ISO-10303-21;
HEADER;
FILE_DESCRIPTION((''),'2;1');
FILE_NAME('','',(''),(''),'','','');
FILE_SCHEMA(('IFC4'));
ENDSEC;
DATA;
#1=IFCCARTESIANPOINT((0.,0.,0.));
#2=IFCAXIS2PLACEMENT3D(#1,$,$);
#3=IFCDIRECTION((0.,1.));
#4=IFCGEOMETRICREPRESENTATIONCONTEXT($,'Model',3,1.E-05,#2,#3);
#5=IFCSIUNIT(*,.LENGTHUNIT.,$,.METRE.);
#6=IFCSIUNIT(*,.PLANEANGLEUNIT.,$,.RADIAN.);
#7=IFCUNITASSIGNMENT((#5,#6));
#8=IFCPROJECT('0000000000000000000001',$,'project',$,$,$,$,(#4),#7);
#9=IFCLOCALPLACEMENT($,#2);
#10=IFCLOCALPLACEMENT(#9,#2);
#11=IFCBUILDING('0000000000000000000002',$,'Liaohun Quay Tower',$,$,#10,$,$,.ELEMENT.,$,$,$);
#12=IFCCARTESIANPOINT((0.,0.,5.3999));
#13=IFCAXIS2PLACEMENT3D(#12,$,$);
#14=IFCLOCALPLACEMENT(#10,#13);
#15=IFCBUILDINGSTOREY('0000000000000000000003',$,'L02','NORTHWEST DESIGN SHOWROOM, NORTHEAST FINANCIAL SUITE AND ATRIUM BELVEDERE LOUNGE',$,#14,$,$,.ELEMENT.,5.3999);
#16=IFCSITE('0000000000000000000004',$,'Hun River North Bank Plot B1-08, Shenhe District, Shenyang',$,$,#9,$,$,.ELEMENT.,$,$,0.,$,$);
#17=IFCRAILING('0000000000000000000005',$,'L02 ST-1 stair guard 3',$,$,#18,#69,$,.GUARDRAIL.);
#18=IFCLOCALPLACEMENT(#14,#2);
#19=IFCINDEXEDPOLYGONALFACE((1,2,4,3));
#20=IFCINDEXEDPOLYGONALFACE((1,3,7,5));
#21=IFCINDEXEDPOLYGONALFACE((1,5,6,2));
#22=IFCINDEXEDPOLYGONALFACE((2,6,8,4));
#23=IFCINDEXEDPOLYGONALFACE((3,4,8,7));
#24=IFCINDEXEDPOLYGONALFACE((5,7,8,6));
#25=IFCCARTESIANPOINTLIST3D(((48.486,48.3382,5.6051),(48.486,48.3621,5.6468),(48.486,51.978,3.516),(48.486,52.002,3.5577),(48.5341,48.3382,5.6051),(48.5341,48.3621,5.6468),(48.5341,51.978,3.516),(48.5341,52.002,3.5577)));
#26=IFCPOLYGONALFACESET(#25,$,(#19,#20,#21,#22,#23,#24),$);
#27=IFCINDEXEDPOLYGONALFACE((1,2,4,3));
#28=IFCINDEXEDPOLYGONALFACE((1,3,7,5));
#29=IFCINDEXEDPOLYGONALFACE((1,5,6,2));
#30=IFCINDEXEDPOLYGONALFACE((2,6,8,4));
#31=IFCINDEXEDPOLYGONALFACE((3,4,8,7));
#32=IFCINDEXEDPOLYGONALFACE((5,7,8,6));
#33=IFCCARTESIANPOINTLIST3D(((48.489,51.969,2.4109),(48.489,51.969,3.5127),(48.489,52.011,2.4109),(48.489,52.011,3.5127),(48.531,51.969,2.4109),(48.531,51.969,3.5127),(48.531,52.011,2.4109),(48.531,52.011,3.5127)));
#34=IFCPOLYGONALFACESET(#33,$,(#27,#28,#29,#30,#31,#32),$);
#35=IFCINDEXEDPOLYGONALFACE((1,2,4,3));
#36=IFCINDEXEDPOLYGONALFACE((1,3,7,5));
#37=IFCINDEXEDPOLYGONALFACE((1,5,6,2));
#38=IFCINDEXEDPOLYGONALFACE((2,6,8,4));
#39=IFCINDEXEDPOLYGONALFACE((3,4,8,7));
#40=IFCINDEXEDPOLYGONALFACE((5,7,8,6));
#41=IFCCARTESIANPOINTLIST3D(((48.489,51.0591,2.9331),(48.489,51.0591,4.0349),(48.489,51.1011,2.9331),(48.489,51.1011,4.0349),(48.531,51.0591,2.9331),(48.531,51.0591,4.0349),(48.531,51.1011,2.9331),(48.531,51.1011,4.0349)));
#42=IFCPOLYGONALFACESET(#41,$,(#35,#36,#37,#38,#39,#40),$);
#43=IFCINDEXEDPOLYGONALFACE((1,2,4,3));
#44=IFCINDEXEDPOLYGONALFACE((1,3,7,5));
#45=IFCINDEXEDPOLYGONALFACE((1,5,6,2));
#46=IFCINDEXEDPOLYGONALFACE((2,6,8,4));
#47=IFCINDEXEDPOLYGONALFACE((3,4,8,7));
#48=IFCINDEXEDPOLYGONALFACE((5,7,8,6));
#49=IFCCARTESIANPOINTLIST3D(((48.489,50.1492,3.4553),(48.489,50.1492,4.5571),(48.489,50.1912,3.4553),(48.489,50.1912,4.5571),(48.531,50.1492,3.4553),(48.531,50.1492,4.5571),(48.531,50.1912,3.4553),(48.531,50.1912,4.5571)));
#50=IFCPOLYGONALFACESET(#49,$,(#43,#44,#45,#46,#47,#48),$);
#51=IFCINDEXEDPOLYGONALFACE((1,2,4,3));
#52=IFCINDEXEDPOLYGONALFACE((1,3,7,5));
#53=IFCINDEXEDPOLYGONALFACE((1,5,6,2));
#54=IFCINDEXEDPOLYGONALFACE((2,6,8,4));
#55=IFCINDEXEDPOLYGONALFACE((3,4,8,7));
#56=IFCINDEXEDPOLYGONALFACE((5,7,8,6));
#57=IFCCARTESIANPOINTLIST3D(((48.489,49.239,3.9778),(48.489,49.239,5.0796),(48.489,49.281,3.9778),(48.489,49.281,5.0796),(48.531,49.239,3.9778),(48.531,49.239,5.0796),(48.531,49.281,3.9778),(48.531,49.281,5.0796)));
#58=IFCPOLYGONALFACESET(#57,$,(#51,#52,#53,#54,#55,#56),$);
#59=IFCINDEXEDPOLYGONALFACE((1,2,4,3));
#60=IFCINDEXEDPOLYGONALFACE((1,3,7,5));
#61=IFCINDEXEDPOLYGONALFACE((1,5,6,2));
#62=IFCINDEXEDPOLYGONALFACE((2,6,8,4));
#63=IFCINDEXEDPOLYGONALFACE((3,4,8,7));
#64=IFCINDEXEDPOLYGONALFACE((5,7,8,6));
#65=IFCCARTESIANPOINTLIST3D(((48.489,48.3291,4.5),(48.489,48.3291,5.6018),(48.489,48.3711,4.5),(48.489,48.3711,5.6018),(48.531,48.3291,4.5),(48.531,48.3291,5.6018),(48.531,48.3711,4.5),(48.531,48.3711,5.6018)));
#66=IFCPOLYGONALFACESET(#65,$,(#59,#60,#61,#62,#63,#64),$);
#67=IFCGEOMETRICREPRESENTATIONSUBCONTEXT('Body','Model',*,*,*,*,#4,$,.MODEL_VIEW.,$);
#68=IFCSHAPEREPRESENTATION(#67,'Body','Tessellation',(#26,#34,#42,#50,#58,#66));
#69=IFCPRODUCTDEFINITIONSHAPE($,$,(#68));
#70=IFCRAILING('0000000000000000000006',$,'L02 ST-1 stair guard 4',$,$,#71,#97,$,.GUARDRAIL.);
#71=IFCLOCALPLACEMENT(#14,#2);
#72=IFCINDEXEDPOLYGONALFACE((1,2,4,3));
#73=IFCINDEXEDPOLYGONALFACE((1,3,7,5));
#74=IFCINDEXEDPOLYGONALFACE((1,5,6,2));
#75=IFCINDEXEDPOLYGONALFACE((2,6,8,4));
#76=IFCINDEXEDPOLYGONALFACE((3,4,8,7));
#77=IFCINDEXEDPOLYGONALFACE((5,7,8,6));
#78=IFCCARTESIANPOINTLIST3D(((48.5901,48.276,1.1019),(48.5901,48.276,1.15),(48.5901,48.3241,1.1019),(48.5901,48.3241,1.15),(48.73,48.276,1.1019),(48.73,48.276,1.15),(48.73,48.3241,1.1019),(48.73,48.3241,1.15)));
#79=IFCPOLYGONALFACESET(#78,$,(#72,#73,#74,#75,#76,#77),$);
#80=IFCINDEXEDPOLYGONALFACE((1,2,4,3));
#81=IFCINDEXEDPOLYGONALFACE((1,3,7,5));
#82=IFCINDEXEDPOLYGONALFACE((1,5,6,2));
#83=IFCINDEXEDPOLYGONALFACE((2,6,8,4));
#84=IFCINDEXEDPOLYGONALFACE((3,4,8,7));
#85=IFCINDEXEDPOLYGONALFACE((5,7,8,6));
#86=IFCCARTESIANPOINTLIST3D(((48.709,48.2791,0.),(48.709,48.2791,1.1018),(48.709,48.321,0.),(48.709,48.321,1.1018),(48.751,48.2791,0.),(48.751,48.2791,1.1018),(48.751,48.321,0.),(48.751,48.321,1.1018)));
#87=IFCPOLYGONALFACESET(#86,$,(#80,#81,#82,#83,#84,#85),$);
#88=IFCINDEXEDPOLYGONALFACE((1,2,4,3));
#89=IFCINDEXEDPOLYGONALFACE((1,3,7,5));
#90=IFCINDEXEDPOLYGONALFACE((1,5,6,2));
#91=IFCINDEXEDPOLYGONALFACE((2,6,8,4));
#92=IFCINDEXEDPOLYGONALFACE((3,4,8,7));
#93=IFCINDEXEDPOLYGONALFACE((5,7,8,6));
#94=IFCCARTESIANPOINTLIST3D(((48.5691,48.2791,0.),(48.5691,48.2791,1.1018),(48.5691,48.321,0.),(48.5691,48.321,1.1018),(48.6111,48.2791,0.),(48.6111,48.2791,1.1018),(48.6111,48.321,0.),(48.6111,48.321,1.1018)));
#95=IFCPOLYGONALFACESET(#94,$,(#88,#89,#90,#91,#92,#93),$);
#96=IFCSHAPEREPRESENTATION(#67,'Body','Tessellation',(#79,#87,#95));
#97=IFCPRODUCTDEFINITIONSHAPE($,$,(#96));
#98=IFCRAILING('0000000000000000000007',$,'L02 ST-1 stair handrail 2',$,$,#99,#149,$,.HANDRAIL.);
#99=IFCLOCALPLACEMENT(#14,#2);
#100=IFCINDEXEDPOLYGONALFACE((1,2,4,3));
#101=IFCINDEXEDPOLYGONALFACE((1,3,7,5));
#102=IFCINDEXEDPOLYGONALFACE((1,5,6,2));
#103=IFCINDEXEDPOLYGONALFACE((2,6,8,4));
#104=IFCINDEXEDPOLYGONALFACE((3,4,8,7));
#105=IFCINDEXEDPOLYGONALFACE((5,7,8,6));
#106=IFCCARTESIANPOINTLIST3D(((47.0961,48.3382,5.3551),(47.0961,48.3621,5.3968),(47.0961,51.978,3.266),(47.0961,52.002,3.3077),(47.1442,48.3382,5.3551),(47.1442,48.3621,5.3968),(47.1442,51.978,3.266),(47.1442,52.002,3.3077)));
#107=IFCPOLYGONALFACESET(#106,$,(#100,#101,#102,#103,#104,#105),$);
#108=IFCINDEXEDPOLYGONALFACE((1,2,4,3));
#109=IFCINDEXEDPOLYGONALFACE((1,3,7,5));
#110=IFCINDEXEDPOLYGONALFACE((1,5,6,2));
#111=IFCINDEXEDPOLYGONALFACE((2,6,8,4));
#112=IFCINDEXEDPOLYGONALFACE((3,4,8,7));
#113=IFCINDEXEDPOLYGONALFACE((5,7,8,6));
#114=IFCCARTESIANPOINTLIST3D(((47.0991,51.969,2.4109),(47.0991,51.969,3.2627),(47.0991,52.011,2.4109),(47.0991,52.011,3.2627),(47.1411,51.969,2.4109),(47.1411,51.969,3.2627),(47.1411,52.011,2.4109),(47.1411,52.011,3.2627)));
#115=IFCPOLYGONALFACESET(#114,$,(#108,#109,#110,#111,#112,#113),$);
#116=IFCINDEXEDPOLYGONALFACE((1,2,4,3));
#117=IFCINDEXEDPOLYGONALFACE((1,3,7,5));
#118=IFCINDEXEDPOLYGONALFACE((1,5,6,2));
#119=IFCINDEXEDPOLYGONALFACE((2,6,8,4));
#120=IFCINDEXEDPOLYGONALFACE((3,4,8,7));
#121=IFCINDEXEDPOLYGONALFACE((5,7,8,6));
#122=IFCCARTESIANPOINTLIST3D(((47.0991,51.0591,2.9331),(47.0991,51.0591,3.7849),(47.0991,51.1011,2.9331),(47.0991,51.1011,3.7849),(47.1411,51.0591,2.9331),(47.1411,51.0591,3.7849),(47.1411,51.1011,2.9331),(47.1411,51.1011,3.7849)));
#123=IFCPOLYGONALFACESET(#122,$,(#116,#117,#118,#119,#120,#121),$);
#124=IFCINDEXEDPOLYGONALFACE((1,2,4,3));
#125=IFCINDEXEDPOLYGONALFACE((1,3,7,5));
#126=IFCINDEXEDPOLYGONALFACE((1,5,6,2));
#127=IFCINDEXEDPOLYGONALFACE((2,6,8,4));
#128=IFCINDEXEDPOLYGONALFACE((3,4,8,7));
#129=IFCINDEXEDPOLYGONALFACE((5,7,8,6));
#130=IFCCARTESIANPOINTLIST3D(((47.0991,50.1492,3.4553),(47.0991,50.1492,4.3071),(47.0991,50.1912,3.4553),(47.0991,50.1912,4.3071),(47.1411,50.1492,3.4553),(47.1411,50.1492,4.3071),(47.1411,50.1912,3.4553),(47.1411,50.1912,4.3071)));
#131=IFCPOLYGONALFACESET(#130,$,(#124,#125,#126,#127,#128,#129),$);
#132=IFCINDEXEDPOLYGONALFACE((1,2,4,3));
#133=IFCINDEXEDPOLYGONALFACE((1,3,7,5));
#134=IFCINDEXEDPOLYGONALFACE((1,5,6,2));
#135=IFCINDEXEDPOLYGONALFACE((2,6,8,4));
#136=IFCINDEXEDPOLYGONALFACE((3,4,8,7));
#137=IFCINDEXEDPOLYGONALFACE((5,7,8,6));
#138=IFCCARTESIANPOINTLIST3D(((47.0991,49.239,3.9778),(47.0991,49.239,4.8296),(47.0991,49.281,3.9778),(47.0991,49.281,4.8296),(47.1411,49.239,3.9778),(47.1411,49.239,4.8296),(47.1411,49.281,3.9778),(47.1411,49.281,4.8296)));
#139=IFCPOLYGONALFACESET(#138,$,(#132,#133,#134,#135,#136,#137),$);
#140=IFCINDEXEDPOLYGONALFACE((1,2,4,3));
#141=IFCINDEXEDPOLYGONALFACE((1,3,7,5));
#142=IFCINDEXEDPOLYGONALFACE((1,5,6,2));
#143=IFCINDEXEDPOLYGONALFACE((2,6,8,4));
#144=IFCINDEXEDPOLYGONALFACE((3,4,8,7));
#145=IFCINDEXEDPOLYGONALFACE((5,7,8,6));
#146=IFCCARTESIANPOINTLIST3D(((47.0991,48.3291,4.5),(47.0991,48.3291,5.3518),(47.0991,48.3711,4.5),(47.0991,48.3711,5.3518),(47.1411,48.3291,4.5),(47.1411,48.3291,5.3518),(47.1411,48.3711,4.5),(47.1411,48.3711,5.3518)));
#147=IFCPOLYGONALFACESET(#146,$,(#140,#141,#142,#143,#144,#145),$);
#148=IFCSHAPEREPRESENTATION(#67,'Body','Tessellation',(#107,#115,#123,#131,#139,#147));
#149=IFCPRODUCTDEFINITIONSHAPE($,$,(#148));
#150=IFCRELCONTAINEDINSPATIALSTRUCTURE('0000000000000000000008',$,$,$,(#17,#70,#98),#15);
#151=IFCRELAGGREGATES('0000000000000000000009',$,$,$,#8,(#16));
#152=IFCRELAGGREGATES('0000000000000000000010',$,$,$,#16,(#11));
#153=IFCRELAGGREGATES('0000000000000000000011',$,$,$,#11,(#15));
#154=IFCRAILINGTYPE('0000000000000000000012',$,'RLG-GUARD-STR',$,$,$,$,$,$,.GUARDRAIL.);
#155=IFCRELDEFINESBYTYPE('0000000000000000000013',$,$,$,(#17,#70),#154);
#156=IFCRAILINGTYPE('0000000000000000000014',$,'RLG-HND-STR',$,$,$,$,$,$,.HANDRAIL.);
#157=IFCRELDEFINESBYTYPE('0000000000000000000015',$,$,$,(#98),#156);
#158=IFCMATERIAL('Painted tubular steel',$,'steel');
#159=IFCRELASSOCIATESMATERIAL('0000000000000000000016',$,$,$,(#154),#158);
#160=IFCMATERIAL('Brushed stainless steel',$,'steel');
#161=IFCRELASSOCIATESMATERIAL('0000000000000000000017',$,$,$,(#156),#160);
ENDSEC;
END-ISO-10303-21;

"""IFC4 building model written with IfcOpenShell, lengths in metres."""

from ifc_helpers import new_model, si_unit, direction, frame, origin, origin_2d, place, context, subcontext, project, spatial, rectangle, extrude, material, type_object, element, save


model = new_model("IFC4")

# Units and contexts
model_context = context("Model", 3, precision=1e-05, world=origin(), true_north=direction((0.0, 1.0)))
body_context = subcontext(model_context, "Body", "Model", "MODEL_VIEW")
ifc_project = project(units=[si_unit("LENGTHUNIT", "METRE"), si_unit("PLANEANGLEUNIT", "RADIAN")], contexts=[model_context])

# Site, building, storey
site_placement = place(None, origin())
site = spatial("IfcSite", under=ifc_project, at=site_placement, Name="Hun River North Bank Plot B1-08, Shenhe District, Shenyang", CompositionType="ELEMENT", RefElevation=0.0)
building_placement = place(site_placement, origin())
building = spatial("IfcBuilding", under=site, at=building_placement, Name="Liaohun Quay Tower", CompositionType="ELEMENT")
storey_placement = place(building_placement, frame((0.0, 0.0, 5.3999)))
storey = spatial("IfcBuildingStorey", under=building, at=storey_placement, Name="L02", Description="NORTHWEST DESIGN SHOWROOM, NORTHEAST FINANCIAL SUITE AND ATRIUM BELVEDERE LOUNGE", CompositionType="ELEMENT", Elevation=5.3999)

# Railings
ifc_material_1 = material(Name="Painted tubular steel", Category="steel")
railing_type_1 = type_object("IfcRailingType", Name="RLG-GUARD-STR", PredefinedType="GUARDRAIL", material=ifc_material_1)
railing_1_placement = place(storey_placement, frame((48.51, 51.99, 2.4109)))
element("IfcRailing", 1, at=railing_1_placement, inside=storey, type_object=railing_type_1, Name="L02 ST-1 stair guard 3", PredefinedType="GUARDRAIL", context=body_context, shape_type="SweptSolid", body=[
    extrude(rectangle(XDim=0.0481, YDim=0.0481, at=origin_2d()), frame((0.0, 0.0, 1.126), z_axis=(0.0, -0.8673, 0.497786), x_axis=(1.0, 0.0, 0.0)), (0.0, 0.0, 1.0), 4.1968),
    extrude(rectangle(XDim=0.042, YDim=0.042, at=origin_2d()), origin(), (0.0, 0.0, 1.0), 1.1018),
    extrude(rectangle(XDim=0.042, YDim=0.042, at=origin_2d()), frame((0.0, -0.9099, 0.5222)), (0.0, 0.0, 1.0), 1.1018),
    extrude(rectangle(XDim=0.042, YDim=0.042, at=origin_2d()), frame((0.0, -1.8198, 1.0444)), (0.0, 0.0, 1.0), 1.1018),
    extrude(rectangle(XDim=0.042, YDim=0.042, at=origin_2d()), frame((0.0, -2.73, 1.5669)), (0.0, 0.0, 1.0), 1.1018),
    extrude(rectangle(XDim=0.042, YDim=0.042, at=origin_2d()), frame((0.0, -3.6399, 2.0891)), (0.0, 0.0, 1.0), 1.1018),
])
railing_2_placement = place(storey_placement, frame((48.73, 48.3, 0.0)))
element("IfcRailing", 2, at=railing_2_placement, inside=storey, type_object=railing_type_1, Name="L02 ST-1 stair guard 4", PredefinedType="GUARDRAIL", context=body_context, shape_type="SweptSolid", body=[
    extrude(rectangle(XDim=0.0481, YDim=0.0481, at=origin_2d()), frame((0.0, 0.0, 1.126), z_axis=(-1.0, 0.0, 0.0), x_axis=(0.0, -1.0, 0.0)), (0.0, 0.0, 1.0), 0.1399),
    extrude(rectangle(XDim=0.042, YDim=0.042, at=origin_2d()), origin(), (0.0, 0.0, 1.0), 1.1018),
    extrude(rectangle(XDim=0.042, YDim=0.042, at=origin_2d()), frame((-0.1399, 0.0, 0.0)), (0.0, 0.0, 1.0), 1.1018),
])
ifc_material_2 = material(Name="Brushed stainless steel", Category="steel")
railing_type_2 = type_object("IfcRailingType", Name="RLG-HND-STR", PredefinedType="HANDRAIL", material=ifc_material_2)
railing_3_placement = place(storey_placement, frame((47.1201, 51.99, 2.4109)))
element("IfcRailing", 3, at=railing_3_placement, inside=storey, type_object=railing_type_2, Name="L02 ST-1 stair handrail 2", PredefinedType="HANDRAIL", context=body_context, shape_type="SweptSolid", body=[
    extrude(rectangle(XDim=0.0481, YDim=0.0481, at=origin_2d()), frame((0.0, 0.0, 0.876), z_axis=(0.0, -0.8673, 0.497786), x_axis=(1.0, 0.0, 0.0)), (0.0, 0.0, 1.0), 4.1968),
    extrude(rectangle(XDim=0.042, YDim=0.042, at=origin_2d()), origin(), (0.0, 0.0, 1.0), 0.8518),
    extrude(rectangle(XDim=0.042, YDim=0.042, at=origin_2d()), frame((0.0, -0.9099, 0.5222)), (0.0, 0.0, 1.0), 0.8518),
    extrude(rectangle(XDim=0.042, YDim=0.042, at=origin_2d()), frame((0.0, -1.8198, 1.0444)), (0.0, 0.0, 1.0), 0.8518),
    extrude(rectangle(XDim=0.042, YDim=0.042, at=origin_2d()), frame((0.0, -2.73, 1.5669)), (0.0, 0.0, 1.0), 0.8518),
    extrude(rectangle(XDim=0.042, YDim=0.042, at=origin_2d()), frame((0.0, -3.6399, 2.0891)), (0.0, 0.0, 1.0), 0.8518),
])

save(model, "model.ifc")
